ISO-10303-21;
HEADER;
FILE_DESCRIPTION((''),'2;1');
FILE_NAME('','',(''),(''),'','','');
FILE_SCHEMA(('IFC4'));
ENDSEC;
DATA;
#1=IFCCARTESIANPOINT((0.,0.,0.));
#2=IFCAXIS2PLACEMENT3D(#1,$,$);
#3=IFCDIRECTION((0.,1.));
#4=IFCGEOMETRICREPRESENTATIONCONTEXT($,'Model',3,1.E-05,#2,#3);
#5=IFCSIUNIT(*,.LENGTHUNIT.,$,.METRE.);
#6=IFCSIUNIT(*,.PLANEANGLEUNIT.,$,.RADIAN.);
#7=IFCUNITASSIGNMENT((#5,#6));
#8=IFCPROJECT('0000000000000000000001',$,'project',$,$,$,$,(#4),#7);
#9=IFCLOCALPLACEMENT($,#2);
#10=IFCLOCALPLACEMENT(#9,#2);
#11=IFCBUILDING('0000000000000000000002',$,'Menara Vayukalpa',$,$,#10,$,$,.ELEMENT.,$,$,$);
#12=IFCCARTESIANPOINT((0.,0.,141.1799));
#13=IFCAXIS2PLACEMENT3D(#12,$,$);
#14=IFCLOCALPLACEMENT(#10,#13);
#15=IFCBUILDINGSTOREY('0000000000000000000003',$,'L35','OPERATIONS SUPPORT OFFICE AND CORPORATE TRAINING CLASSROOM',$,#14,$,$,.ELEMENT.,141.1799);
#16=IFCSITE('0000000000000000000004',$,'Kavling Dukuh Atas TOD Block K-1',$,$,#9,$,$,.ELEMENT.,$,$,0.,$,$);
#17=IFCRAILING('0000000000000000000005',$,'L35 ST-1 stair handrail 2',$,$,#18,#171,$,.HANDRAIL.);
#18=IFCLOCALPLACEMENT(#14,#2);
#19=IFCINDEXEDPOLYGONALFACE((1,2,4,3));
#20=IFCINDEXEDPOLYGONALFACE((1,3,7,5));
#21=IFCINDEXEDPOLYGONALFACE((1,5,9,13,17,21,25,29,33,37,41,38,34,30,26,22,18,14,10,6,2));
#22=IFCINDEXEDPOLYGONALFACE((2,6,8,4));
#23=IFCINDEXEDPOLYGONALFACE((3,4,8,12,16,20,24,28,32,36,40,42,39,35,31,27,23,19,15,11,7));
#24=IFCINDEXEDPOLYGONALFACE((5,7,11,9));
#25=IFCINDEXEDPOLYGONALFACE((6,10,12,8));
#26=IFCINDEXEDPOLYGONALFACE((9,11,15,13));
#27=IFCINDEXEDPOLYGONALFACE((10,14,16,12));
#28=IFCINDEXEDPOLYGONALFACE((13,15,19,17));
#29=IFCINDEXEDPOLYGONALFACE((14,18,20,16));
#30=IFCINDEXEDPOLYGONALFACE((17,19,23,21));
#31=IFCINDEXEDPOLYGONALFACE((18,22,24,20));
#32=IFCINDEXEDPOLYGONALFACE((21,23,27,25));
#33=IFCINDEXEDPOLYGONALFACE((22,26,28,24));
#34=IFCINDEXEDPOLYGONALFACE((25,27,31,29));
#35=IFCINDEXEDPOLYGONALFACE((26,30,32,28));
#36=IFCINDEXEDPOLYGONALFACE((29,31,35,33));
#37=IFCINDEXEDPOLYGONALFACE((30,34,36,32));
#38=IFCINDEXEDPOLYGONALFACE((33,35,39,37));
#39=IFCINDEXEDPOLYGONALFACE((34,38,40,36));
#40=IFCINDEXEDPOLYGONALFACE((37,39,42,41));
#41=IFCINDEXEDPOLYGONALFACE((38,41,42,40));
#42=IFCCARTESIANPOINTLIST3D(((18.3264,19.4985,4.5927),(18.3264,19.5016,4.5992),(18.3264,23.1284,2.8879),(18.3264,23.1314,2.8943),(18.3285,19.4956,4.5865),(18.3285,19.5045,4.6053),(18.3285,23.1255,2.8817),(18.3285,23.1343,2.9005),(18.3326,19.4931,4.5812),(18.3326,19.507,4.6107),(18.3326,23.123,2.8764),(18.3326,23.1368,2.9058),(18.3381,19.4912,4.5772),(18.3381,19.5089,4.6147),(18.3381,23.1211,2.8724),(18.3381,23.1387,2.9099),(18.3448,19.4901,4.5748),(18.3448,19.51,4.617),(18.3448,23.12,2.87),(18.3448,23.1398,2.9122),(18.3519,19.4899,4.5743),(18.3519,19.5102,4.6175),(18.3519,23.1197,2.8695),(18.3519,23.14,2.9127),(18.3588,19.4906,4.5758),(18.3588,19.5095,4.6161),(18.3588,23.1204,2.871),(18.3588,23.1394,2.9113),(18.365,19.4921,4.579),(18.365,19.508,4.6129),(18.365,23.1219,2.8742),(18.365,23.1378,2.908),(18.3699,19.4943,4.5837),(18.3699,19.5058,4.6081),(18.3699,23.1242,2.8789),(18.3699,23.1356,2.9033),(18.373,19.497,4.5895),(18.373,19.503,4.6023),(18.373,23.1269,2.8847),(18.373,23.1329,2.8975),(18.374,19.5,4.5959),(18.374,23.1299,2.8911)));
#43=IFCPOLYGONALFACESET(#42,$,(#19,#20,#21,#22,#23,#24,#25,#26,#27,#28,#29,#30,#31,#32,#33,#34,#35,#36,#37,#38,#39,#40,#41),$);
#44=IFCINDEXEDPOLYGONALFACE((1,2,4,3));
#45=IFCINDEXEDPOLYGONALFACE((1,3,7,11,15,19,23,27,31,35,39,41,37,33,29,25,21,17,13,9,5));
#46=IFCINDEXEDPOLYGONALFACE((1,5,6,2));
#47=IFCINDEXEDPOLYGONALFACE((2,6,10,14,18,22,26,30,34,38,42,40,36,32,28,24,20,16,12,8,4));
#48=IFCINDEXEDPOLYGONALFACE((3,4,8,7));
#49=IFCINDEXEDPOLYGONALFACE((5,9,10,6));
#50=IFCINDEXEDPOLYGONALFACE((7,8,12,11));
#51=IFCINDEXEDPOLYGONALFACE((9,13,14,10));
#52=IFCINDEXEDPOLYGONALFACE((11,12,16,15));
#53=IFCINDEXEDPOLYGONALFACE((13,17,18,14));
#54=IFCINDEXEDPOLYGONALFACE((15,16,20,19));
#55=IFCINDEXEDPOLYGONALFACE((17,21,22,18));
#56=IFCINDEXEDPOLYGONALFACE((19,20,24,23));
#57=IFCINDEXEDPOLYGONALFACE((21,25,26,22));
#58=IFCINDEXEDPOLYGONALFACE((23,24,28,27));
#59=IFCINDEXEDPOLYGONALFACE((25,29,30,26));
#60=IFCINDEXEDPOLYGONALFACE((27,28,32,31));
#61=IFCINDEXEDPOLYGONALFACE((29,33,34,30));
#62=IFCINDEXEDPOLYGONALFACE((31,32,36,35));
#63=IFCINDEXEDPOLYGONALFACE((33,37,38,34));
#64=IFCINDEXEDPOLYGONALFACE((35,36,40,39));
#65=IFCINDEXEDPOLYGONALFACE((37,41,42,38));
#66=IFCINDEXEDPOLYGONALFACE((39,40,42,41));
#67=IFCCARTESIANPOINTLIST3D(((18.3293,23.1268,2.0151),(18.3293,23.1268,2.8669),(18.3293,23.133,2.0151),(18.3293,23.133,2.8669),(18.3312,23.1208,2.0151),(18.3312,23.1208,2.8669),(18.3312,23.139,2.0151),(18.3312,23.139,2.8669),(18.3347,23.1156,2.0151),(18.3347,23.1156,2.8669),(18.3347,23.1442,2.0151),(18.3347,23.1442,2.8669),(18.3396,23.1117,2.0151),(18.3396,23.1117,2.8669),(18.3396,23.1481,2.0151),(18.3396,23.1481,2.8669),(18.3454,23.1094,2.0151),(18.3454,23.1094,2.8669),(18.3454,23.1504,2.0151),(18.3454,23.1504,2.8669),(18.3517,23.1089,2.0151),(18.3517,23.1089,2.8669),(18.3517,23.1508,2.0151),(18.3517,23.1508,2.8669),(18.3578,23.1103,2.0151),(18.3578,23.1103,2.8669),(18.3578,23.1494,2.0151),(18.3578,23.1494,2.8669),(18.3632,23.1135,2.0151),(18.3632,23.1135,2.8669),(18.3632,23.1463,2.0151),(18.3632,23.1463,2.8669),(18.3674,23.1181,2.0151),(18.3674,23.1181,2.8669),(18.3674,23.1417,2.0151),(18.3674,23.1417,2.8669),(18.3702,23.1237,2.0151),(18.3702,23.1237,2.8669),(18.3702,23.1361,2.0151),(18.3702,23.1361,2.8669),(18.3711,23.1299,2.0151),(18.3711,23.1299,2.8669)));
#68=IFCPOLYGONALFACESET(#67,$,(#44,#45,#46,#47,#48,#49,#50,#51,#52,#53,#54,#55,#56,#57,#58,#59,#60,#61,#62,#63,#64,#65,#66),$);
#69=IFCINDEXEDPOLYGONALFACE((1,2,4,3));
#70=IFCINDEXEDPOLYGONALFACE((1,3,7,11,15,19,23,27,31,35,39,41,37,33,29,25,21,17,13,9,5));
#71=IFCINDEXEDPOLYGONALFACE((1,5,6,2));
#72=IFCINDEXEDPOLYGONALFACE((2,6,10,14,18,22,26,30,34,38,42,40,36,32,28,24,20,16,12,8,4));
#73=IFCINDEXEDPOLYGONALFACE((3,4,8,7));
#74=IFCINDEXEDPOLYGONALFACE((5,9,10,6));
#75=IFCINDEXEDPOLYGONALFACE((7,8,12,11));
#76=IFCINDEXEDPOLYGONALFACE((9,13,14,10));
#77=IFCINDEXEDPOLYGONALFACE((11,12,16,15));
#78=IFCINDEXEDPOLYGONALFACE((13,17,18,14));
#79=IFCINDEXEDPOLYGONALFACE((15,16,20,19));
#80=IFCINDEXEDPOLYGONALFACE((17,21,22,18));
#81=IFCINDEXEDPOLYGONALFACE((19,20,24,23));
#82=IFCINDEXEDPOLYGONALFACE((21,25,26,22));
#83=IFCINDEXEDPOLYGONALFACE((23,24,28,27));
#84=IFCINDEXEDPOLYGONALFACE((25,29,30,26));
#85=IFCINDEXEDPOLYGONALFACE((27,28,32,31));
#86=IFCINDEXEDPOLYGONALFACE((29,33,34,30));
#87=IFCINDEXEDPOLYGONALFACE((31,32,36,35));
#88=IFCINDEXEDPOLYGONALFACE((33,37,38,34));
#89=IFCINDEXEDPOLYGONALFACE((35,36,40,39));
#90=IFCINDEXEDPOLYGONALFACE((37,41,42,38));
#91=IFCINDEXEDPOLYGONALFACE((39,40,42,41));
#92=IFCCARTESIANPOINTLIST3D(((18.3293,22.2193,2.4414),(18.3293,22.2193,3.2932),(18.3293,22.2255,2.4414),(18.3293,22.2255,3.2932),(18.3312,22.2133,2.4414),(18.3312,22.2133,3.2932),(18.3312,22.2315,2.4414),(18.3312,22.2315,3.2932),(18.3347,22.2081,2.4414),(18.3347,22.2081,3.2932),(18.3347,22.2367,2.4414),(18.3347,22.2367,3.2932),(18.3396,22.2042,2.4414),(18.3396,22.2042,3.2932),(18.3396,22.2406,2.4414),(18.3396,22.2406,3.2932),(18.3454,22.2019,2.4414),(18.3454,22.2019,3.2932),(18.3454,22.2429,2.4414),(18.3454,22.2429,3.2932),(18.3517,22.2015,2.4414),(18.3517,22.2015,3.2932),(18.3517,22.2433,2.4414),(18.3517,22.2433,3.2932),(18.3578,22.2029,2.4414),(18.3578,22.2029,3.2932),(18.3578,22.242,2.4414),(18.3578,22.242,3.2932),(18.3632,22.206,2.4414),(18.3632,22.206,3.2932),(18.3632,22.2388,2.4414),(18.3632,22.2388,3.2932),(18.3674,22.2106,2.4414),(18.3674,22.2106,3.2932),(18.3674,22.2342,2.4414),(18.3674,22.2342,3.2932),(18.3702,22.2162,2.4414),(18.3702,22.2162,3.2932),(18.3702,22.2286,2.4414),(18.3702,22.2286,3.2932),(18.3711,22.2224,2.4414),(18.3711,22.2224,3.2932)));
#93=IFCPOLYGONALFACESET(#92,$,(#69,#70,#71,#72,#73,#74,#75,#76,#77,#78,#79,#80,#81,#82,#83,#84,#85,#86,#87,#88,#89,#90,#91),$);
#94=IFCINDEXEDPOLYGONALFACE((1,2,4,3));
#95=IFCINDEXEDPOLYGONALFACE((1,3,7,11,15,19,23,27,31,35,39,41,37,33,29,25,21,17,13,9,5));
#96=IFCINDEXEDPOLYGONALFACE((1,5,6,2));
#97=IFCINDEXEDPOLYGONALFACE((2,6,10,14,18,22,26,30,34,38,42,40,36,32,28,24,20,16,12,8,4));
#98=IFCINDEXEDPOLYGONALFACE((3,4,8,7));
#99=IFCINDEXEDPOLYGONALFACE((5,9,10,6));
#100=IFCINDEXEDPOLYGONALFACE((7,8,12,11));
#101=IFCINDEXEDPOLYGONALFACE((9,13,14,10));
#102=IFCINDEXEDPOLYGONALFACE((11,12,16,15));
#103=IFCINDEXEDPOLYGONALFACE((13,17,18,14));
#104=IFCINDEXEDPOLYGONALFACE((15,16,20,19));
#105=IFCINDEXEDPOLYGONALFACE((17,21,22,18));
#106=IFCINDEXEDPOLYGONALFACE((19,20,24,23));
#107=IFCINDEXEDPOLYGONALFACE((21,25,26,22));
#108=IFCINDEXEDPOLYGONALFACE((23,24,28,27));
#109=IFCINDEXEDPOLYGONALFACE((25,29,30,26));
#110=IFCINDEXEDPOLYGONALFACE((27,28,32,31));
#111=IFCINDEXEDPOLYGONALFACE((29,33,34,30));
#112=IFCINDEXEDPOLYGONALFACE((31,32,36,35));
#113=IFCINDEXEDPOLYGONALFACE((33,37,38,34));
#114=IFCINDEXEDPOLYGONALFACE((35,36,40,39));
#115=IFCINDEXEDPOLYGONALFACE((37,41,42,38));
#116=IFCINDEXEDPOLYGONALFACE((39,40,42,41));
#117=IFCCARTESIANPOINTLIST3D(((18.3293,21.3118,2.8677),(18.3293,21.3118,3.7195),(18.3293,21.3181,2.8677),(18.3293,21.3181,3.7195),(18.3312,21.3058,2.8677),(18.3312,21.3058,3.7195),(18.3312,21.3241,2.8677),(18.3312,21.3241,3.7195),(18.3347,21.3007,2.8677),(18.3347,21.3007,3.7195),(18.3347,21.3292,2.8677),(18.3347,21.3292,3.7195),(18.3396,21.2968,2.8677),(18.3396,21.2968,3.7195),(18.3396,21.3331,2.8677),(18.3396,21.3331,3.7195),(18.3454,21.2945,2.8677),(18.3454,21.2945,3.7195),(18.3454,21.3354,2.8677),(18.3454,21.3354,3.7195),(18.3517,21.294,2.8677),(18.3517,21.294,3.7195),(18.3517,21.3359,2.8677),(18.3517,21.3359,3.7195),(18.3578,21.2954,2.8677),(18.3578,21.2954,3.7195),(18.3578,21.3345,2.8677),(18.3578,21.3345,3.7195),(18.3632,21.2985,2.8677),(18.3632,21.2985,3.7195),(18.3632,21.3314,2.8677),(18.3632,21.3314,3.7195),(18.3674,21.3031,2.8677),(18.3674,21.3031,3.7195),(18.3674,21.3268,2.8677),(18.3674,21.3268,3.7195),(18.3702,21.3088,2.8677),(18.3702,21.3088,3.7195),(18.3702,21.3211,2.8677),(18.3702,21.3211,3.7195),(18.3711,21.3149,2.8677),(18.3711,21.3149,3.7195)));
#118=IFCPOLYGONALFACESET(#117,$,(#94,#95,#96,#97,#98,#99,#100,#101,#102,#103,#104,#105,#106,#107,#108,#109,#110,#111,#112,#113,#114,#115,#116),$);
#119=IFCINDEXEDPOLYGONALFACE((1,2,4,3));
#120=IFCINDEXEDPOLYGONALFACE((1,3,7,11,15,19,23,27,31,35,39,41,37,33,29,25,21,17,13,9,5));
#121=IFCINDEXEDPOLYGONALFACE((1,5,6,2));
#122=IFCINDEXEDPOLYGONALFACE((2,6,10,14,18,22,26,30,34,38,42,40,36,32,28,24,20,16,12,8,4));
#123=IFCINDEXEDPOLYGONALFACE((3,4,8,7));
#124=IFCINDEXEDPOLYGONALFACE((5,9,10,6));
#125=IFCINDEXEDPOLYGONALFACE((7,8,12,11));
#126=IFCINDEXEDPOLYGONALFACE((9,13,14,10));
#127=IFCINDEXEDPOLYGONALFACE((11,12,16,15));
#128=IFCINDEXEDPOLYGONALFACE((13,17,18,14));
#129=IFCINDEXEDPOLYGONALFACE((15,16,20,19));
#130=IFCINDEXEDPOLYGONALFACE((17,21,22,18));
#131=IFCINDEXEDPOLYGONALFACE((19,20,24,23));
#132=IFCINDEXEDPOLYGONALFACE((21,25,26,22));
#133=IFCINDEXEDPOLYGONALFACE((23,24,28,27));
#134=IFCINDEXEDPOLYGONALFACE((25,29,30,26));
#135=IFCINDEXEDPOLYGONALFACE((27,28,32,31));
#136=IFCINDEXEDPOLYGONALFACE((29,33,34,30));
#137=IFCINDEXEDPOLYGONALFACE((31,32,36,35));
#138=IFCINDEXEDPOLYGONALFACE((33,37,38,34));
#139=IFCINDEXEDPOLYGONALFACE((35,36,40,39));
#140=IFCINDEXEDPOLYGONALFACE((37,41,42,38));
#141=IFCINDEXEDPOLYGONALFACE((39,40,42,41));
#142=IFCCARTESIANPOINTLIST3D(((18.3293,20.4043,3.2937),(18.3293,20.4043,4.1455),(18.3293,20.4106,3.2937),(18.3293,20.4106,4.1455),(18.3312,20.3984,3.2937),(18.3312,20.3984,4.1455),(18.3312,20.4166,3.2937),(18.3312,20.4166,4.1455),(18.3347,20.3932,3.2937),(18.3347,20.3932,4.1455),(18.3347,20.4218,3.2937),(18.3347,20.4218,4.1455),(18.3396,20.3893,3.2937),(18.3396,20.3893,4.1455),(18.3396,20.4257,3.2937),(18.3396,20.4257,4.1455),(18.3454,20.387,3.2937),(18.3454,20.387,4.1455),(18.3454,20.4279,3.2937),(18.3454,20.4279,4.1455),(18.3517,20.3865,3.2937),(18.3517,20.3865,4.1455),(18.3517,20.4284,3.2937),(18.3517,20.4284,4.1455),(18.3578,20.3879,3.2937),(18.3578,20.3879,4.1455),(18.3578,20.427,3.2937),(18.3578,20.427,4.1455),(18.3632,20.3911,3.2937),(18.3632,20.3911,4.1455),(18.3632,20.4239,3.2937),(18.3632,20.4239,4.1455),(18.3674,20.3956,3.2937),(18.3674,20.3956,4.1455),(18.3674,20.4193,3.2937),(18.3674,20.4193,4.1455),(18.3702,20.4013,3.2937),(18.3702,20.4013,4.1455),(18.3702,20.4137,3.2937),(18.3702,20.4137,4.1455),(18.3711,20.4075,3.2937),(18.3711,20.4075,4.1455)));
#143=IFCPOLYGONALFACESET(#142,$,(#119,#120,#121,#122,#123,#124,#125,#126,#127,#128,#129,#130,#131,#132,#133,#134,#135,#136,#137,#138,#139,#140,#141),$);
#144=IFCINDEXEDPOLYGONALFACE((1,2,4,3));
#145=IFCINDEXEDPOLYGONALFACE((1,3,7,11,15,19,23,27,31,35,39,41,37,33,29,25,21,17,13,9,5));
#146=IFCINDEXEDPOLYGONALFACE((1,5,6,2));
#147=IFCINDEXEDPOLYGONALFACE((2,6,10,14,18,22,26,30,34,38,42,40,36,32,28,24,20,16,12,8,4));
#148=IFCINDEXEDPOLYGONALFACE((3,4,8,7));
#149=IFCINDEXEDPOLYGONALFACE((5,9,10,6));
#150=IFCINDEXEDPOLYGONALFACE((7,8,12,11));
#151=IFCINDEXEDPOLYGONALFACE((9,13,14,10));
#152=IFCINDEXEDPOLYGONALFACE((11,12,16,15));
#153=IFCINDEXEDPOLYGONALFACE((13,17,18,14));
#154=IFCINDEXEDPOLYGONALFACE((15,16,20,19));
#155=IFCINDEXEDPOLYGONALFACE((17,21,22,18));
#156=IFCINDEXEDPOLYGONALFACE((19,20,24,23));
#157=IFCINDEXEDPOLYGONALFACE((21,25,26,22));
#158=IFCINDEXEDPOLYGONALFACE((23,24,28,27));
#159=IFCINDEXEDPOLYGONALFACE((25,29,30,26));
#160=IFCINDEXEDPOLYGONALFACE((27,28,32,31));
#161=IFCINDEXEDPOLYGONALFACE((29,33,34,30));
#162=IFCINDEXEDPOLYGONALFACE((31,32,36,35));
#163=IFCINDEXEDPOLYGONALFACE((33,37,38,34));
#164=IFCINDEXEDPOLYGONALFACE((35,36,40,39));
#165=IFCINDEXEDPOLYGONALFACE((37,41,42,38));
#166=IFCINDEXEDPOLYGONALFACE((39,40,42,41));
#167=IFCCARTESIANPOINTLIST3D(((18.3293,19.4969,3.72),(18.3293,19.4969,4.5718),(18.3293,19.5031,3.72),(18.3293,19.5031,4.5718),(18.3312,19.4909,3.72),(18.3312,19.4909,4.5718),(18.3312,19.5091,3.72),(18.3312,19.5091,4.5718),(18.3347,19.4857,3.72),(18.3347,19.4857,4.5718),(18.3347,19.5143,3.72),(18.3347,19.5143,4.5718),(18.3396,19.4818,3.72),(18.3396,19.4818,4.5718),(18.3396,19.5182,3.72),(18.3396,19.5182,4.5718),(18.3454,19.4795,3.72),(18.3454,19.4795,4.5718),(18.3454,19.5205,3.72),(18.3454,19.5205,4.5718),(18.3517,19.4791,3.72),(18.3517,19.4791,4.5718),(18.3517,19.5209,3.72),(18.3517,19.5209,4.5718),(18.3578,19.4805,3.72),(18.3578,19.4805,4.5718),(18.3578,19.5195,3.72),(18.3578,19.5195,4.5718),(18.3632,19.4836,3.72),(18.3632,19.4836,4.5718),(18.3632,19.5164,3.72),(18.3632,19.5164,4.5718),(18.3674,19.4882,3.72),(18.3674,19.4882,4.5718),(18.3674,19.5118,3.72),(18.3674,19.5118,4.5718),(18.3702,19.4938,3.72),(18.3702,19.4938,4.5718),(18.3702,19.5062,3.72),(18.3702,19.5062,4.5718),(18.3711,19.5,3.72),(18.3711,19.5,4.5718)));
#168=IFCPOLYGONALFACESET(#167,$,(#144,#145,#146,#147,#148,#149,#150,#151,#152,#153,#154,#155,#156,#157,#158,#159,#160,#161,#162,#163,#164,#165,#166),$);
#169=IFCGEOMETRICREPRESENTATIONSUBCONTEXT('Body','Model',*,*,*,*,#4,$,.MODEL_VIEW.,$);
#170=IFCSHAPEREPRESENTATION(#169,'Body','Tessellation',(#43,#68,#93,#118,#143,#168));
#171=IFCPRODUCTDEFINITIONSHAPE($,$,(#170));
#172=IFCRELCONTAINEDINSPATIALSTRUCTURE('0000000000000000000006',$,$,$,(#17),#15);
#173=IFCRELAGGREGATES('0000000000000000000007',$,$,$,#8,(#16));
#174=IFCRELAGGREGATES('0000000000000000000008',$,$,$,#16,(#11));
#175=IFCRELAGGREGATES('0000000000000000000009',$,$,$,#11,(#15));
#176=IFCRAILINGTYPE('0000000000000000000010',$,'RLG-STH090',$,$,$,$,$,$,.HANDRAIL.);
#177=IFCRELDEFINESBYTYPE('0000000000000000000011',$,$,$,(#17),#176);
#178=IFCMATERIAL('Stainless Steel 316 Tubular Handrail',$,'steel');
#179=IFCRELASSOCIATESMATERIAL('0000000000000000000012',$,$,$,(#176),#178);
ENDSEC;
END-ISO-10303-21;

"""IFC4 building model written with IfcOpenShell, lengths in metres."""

from ifc_helpers import new_model, si_unit, direction, frame, origin, origin_2d, place, context, subcontext, project, spatial, circle, extrude, material, type_object, element, save


model = new_model("IFC4")

# Units and contexts
model_context = context("Model", 3, precision=1e-05, world=origin(), true_north=direction((0.0, 1.0)))
body_context = subcontext(model_context, "Body", "Model", "MODEL_VIEW")
ifc_project = project(units=[si_unit("LENGTHUNIT", "METRE"), si_unit("PLANEANGLEUNIT", "RADIAN")], contexts=[model_context])

# Site, building, storey
site_placement = place(None, origin())
site = spatial("IfcSite", under=ifc_project, at=site_placement, Name="Kavling Dukuh Atas TOD Block K-1", CompositionType="ELEMENT", RefElevation=0.0)
building_placement = place(site_placement, origin())
building = spatial("IfcBuilding", under=site, at=building_placement, Name="Menara Vayukalpa", CompositionType="ELEMENT")
storey_placement = place(building_placement, frame((0.0, 0.0, 141.1799)))
storey = spatial("IfcBuildingStorey", under=building, at=storey_placement, Name="L35", Description="OPERATIONS SUPPORT OFFICE AND CORPORATE TRAINING CLASSROOM", CompositionType="ELEMENT", Elevation=141.1799)

# Railing
ifc_material_1 = material(Name="Stainless Steel 316 Tubular Handrail", Category="steel")
railing_type_1 = type_object("IfcRailingType", Name="RLG-STH090", PredefinedType="HANDRAIL", material=ifc_material_1)
railing_1_placement = place(storey_placement, frame((18.3501, 23.1299, 2.0151)))
element("IfcRailing", 1, at=railing_1_placement, inside=storey, type_object=railing_type_1, Name="L35 ST-1 stair handrail 2", PredefinedType="HANDRAIL", context=body_context, shape_type="SweptSolid", body=[
    extrude(circle(Radius=0.0239, at=origin_2d()), frame((0.0, 0.0, 0.876), z_axis=(0.0, -0.90514, 0.425114), x_axis=(1.0, 0.0, 0.0)), (0.0, 0.0, 1.0), 4.0103),
    extrude(circle(Radius=0.021, at=origin_2d()), origin(), (0.0, 0.0, 1.0), 0.8518),
    extrude(circle(Radius=0.021, at=origin_2d()), frame((0.0, -0.9075, 0.4263)), (0.0, 0.0, 1.0), 0.8518),
    extrude(circle(Radius=0.021, at=origin_2d()), frame((0.0, -1.8149, 0.8525)), (0.0, 0.0, 1.0), 0.8518),
    extrude(circle(Radius=0.021, at=origin_2d()), frame((0.0, -2.7224, 1.2786)), (0.0, 0.0, 1.0), 0.8518),
    extrude(circle(Radius=0.021, at=origin_2d()), frame((0.0, -3.6299, 1.7048)), (0.0, 0.0, 1.0), 0.8518),
])

save(model, "model.ifc")
